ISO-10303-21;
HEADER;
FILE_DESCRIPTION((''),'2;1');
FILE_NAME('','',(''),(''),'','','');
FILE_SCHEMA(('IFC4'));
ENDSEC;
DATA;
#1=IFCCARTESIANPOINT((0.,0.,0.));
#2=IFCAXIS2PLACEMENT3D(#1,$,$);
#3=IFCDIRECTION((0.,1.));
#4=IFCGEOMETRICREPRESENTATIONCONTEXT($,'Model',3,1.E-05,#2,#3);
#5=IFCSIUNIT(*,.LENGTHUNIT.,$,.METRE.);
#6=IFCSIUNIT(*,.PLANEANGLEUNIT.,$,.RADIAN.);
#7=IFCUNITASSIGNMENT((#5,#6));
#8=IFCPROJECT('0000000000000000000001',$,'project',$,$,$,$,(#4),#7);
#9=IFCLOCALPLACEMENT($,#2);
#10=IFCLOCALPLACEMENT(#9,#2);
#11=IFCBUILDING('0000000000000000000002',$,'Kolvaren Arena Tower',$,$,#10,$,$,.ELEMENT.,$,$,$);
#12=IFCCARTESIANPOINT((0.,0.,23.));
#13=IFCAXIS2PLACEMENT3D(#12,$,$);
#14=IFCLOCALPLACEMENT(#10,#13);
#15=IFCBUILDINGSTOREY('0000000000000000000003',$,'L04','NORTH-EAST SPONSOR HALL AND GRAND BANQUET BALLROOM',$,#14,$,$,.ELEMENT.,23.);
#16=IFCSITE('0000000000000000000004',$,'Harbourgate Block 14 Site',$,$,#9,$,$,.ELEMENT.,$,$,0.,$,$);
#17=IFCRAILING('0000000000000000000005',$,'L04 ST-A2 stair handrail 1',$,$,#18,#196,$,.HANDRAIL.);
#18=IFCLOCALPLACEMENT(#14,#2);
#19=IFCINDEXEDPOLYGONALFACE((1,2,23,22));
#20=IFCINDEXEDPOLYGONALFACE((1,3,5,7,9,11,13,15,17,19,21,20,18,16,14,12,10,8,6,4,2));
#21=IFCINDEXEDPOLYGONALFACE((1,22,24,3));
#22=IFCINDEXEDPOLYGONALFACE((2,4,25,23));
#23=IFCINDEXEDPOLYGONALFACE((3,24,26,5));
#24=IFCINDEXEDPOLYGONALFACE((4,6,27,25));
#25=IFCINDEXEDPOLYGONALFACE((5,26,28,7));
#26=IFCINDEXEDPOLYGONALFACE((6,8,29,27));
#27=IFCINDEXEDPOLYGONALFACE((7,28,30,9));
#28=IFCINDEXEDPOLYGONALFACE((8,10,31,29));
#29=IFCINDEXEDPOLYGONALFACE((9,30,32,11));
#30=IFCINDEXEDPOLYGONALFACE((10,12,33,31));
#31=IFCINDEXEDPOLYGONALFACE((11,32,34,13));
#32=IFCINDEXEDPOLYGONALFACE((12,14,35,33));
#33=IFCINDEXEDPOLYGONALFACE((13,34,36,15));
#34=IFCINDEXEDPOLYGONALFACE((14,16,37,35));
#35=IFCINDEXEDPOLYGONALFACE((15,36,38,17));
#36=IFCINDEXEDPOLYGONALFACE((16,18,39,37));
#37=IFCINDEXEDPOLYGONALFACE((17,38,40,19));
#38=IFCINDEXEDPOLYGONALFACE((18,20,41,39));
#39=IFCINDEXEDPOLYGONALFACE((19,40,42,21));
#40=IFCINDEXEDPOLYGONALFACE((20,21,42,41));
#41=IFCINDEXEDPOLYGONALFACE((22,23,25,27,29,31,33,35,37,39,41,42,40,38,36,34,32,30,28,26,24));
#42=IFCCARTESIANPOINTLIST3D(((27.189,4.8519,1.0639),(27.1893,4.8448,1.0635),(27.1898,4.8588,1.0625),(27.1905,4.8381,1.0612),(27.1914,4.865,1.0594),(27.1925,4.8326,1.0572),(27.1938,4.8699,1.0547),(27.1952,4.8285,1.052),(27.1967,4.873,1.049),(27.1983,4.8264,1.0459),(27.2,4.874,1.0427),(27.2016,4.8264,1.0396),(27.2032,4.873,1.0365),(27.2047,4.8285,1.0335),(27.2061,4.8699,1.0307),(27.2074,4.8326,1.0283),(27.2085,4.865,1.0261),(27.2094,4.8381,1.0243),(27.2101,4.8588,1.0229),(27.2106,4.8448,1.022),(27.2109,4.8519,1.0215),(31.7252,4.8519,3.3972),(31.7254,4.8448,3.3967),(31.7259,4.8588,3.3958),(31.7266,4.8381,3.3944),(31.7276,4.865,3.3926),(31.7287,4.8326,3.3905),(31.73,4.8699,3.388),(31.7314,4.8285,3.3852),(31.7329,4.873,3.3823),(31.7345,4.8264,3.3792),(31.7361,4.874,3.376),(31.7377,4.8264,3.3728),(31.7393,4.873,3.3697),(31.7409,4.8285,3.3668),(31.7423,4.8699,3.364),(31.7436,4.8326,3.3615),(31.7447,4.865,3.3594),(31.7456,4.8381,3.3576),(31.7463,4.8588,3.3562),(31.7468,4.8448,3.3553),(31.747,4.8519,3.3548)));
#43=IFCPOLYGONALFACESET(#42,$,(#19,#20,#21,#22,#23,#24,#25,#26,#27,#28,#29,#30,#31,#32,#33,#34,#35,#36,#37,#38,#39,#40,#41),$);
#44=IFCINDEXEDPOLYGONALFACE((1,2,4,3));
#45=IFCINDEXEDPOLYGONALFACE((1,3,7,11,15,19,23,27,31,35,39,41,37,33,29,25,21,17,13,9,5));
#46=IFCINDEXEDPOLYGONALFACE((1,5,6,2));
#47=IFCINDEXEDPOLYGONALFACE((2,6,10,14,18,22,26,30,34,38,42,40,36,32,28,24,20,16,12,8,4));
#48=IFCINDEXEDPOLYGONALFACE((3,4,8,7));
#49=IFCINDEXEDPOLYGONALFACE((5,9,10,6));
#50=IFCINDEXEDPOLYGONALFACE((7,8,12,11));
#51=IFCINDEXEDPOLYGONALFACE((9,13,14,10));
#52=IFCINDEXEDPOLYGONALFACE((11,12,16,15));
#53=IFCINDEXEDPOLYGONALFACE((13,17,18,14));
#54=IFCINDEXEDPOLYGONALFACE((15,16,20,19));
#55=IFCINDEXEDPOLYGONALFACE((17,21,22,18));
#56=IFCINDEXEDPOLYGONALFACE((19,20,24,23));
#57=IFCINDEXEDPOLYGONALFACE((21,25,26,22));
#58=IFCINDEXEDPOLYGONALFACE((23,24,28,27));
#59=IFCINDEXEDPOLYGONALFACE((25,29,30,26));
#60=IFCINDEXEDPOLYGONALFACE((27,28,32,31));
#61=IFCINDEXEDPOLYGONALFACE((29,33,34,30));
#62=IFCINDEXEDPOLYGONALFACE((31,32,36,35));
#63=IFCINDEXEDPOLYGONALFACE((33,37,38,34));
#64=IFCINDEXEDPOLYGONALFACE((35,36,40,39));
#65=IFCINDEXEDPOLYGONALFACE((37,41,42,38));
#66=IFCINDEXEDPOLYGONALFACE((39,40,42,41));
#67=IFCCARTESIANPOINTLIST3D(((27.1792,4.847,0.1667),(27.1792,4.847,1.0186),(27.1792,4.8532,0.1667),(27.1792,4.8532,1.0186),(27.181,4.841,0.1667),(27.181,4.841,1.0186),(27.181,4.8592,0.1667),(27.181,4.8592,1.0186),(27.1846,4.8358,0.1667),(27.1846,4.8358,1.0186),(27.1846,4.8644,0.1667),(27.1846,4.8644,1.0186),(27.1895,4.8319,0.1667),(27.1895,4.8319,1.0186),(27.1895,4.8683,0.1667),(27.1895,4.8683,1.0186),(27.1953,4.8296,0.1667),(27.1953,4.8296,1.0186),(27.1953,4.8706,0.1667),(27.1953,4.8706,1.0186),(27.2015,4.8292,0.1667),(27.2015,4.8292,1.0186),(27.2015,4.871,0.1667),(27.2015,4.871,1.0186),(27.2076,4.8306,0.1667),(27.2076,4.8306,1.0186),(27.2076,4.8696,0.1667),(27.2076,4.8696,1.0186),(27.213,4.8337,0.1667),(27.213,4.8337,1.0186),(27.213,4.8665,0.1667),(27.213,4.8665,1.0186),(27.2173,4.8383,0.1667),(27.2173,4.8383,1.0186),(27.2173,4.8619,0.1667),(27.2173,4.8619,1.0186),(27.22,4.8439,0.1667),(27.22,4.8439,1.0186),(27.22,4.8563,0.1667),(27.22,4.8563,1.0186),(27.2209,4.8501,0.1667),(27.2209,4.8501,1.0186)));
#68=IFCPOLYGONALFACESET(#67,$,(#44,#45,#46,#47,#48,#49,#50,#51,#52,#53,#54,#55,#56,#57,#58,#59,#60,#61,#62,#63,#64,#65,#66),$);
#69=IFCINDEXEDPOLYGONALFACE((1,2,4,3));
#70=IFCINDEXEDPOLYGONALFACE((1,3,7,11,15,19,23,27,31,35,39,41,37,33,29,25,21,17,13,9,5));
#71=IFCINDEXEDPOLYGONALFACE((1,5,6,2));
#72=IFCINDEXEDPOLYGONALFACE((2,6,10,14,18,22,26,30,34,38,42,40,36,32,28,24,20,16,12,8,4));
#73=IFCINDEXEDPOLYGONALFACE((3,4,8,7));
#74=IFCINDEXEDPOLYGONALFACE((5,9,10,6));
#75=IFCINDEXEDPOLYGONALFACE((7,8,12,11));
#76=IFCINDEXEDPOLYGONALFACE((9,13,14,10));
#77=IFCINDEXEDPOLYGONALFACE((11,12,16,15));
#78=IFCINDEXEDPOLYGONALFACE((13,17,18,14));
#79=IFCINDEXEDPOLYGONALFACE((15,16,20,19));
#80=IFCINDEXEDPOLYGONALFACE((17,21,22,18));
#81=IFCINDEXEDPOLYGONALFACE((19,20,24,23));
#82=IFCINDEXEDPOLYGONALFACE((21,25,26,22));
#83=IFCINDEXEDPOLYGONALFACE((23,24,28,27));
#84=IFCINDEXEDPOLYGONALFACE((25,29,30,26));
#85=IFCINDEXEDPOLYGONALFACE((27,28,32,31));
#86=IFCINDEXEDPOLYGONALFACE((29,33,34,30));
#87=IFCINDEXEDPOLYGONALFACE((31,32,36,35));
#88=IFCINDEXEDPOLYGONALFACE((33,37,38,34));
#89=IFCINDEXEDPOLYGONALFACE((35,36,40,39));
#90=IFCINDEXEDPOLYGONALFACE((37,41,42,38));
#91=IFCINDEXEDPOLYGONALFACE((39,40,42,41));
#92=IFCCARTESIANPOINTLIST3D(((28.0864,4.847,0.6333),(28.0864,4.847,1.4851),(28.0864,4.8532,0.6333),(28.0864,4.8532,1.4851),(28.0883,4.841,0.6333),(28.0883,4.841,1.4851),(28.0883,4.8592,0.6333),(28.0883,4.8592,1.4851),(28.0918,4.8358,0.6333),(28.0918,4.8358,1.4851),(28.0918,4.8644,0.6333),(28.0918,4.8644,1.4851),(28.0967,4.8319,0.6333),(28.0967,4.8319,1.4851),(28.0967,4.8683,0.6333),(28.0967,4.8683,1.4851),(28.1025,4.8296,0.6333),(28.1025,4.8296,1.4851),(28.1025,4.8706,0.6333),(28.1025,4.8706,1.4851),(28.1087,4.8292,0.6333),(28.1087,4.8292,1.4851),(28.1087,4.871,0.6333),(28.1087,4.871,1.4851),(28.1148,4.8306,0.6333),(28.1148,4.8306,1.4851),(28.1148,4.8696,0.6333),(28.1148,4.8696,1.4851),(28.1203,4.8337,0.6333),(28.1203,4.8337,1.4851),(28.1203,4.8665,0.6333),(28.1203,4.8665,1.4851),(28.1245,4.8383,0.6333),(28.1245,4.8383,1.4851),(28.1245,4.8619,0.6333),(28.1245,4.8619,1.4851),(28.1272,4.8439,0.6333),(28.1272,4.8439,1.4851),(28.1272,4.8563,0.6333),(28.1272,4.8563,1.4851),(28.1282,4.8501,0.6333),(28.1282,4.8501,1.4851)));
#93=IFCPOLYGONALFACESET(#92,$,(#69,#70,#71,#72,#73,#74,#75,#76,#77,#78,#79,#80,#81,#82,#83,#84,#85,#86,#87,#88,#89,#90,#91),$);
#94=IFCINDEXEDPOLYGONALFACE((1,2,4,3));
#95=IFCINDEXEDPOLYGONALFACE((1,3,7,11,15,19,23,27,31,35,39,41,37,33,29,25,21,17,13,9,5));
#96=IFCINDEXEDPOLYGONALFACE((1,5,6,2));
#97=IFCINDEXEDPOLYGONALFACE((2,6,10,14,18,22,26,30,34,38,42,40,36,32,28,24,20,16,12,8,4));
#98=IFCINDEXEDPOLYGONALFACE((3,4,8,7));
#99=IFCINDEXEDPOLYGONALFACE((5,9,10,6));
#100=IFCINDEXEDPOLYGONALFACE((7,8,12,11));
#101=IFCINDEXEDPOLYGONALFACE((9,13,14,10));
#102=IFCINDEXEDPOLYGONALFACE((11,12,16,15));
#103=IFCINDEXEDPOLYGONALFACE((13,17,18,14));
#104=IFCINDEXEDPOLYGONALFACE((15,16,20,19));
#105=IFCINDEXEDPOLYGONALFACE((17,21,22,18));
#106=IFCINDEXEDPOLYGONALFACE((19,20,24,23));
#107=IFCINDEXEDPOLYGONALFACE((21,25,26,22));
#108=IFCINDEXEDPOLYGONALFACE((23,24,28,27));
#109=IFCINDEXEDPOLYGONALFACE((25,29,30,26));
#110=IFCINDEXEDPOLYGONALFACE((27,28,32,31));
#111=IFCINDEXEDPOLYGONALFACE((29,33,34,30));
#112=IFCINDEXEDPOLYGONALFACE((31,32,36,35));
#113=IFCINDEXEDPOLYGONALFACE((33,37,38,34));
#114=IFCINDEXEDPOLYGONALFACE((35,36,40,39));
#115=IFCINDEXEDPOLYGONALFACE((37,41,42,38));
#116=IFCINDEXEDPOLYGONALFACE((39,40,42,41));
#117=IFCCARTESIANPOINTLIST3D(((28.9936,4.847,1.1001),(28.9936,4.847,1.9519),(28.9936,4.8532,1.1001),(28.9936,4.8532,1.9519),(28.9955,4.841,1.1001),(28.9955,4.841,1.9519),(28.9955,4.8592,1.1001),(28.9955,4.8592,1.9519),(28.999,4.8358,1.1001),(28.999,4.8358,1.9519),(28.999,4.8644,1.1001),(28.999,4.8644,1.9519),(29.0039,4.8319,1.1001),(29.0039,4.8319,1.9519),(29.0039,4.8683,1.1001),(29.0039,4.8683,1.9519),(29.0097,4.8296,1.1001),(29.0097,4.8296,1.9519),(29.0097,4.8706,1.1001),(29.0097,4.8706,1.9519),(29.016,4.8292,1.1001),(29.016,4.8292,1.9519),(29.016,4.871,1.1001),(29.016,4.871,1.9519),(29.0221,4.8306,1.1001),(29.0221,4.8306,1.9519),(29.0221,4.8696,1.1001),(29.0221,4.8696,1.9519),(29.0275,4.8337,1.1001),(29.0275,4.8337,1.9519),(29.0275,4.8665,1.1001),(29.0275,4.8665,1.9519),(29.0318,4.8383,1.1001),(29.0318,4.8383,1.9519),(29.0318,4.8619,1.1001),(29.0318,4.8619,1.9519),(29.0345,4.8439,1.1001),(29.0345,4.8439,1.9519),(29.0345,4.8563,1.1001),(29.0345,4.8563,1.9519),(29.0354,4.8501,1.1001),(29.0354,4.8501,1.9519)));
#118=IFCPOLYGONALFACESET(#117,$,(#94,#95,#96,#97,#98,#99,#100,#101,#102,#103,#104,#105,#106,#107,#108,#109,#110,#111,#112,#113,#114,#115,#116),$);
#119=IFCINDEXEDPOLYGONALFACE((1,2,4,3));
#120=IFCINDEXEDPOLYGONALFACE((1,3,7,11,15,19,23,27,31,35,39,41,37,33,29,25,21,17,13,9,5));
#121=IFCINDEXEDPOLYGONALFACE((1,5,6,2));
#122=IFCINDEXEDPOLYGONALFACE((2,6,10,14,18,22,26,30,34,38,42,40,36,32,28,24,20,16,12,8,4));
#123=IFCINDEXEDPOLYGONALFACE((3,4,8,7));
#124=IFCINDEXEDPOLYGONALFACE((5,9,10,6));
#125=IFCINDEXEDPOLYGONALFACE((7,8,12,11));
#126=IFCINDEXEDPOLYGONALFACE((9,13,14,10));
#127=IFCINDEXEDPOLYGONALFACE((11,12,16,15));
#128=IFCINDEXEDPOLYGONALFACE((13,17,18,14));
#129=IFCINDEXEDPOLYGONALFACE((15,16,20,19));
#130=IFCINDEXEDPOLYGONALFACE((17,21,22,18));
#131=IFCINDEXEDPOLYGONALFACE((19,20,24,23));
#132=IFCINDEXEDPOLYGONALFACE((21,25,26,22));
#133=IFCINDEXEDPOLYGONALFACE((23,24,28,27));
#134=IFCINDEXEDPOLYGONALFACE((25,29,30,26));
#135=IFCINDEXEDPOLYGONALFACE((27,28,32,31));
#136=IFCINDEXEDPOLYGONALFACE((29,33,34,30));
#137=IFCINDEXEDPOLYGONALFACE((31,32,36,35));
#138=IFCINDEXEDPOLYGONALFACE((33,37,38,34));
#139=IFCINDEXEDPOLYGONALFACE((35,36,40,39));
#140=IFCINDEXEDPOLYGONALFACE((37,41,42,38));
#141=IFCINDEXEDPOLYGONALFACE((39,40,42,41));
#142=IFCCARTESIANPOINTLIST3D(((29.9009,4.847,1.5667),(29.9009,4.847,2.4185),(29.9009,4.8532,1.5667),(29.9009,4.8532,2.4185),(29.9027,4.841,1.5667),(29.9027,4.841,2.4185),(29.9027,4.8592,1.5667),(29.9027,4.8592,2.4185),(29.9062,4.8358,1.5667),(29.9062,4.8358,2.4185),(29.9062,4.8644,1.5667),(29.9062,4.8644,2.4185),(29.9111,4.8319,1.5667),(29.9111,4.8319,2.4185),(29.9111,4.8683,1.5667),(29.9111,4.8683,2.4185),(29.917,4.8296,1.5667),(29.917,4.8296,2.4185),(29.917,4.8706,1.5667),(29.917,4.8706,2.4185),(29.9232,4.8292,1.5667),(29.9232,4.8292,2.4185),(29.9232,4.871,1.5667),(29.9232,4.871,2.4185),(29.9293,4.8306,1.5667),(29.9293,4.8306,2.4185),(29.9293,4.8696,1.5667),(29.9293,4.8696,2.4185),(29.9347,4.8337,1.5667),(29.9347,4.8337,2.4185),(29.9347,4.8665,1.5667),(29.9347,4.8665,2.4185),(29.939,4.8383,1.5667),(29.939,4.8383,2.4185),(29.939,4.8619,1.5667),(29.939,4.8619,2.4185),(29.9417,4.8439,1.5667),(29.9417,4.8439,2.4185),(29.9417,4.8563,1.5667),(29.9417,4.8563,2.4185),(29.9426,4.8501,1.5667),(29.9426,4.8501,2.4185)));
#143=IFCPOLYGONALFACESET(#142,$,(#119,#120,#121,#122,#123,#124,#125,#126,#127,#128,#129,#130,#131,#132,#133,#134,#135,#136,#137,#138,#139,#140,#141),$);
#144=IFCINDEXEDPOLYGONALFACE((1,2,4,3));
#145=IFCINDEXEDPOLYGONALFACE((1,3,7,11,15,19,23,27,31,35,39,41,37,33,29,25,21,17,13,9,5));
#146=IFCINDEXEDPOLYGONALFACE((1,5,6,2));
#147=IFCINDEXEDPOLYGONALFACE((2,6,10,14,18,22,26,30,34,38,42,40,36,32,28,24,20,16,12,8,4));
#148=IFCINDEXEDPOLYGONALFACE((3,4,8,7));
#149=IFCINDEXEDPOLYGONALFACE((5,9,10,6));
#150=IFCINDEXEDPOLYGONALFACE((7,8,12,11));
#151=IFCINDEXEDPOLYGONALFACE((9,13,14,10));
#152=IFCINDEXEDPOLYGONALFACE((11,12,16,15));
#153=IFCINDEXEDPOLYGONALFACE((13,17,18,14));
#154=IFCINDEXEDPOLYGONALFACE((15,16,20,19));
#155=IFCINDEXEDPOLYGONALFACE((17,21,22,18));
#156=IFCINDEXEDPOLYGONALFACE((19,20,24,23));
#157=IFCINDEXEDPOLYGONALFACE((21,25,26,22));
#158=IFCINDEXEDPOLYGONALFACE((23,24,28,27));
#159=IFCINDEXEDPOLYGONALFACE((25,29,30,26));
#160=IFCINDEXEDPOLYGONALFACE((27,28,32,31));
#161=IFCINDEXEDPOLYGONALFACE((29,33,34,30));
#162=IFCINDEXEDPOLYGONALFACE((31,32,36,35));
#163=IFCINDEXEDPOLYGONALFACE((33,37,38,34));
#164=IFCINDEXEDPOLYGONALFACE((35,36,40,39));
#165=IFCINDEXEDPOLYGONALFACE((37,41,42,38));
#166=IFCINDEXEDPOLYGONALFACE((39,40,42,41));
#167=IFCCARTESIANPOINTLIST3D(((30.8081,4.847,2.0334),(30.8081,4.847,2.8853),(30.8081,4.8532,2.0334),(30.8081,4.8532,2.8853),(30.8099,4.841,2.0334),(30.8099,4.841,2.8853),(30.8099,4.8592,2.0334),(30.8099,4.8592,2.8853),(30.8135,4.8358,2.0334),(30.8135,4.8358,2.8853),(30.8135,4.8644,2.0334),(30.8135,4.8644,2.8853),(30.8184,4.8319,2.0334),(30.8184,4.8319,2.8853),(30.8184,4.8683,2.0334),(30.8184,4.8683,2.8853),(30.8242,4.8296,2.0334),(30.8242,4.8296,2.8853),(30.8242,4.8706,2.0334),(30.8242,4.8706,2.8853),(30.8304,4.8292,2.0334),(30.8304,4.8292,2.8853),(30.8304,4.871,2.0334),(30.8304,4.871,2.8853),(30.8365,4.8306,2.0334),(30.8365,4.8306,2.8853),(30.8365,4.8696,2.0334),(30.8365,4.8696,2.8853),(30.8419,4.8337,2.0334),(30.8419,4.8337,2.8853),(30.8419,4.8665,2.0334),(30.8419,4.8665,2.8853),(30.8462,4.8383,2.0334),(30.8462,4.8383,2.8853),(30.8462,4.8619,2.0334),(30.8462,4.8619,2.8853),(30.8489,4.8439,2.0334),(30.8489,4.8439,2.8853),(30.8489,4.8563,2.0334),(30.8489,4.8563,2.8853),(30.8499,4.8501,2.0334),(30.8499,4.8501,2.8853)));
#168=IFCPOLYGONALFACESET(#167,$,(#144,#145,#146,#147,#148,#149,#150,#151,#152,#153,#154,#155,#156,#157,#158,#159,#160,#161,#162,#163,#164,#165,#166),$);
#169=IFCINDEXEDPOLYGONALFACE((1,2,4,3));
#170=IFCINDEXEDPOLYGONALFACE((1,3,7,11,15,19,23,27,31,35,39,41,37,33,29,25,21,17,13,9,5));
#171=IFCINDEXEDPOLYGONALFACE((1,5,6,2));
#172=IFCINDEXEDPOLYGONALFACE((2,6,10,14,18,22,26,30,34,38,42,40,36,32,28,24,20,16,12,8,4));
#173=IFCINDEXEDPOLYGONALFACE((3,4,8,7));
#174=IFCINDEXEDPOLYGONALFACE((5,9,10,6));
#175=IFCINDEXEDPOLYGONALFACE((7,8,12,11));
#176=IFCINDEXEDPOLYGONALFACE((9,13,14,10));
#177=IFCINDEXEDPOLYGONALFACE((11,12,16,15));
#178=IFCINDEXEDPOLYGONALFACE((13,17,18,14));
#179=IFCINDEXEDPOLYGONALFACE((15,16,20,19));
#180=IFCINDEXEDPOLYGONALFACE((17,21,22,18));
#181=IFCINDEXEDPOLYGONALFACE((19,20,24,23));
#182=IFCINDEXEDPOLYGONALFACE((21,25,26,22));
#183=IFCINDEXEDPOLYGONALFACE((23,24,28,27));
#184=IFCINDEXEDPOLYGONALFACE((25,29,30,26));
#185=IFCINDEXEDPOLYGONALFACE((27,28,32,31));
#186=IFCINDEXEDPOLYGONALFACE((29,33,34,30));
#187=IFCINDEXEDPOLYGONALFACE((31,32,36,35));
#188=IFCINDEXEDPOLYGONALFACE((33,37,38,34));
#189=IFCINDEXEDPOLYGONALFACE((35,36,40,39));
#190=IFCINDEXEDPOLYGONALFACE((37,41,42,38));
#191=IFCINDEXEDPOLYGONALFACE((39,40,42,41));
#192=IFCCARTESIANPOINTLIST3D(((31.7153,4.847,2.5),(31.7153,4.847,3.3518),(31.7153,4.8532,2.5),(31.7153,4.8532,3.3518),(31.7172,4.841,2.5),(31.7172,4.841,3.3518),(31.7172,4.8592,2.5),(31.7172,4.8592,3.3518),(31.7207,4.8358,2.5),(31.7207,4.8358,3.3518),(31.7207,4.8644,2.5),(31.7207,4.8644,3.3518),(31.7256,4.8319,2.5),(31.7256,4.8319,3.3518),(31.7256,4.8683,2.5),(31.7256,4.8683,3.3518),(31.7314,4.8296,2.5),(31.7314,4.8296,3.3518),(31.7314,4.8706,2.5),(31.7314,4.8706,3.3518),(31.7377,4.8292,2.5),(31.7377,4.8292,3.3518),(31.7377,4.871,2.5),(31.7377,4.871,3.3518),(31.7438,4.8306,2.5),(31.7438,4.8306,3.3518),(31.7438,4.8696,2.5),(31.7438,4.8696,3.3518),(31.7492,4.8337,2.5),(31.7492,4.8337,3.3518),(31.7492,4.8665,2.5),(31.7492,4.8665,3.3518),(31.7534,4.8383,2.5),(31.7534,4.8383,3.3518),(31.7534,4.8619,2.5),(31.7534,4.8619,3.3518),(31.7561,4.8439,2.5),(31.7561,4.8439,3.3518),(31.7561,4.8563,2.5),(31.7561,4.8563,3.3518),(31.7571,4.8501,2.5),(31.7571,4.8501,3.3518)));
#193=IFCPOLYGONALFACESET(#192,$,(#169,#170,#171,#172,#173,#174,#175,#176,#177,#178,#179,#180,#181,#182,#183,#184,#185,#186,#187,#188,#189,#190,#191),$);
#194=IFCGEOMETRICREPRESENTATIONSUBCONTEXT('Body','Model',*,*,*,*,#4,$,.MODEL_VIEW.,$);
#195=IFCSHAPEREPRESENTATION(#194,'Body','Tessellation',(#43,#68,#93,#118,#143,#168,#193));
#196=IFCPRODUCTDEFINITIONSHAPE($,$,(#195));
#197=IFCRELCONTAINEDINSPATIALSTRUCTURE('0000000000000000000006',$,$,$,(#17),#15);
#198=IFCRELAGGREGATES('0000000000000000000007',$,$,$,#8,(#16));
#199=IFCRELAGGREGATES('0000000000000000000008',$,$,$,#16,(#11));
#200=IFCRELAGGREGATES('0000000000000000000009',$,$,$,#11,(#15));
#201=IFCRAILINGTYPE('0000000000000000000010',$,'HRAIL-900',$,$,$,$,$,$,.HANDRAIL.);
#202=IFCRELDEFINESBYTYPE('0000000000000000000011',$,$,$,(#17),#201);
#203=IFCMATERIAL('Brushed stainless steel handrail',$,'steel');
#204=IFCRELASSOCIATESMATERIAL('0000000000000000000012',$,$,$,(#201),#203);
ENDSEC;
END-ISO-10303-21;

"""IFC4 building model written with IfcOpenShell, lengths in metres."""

from ifc_helpers import new_model, si_unit, direction, frame, origin, origin_2d, place, context, subcontext, project, spatial, circle, extrude, material, type_object, element, save


model = new_model("IFC4")

# Units and contexts
model_context = context("Model", 3, precision=1e-05, world=origin(), true_north=direction((0.0, 1.0)))
body_context = subcontext(model_context, "Body", "Model", "MODEL_VIEW")
ifc_project = project(units=[si_unit("LENGTHUNIT", "METRE"), si_unit("PLANEANGLEUNIT", "RADIAN")], contexts=[model_context])

# Site, building, storey
site_placement = place(None, origin())
site = spatial("IfcSite", under=ifc_project, at=site_placement, Name="Harbourgate Block 14 Site", CompositionType="ELEMENT", RefElevation=0.0)
building_placement = place(site_placement, origin())
building = spatial("IfcBuilding", under=site, at=building_placement, Name="Kolvaren Arena Tower", CompositionType="ELEMENT")
storey_placement = place(building_placement, frame((0.0, 0.0, 23.0)))
storey = spatial("IfcBuildingStorey", under=building, at=storey_placement, Name="L04", Description="NORTH-EAST SPONSOR HALL AND GRAND BANQUET BALLROOM", CompositionType="ELEMENT", Elevation=23.0)

# Railing
ifc_material_1 = material(Name="Brushed stainless steel handrail", Category="steel")
railing_type_1 = type_object("IfcRailingType", Name="HRAIL-900", PredefinedType="HANDRAIL", material=ifc_material_1)
railing_1_placement = place(storey_placement, frame((27.2, 4.8501, 0.1667)))
element("IfcRailing", 1, at=railing_1_placement, inside=storey, type_object=railing_type_1, Name="L04 ST-A2 stair handrail 1", PredefinedType="HANDRAIL", context=body_context, shape_type="SweptSolid", body=[
    extrude(circle(Radius=0.0239, at=origin_2d()), frame((0.0, 0.0, 0.876), z_axis=(0.889257, 0.0, 0.457407), x_axis=(0.0, 1.0, 0.0)), (0.0, 0.0, 1.0), 5.1011),
    extrude(circle(Radius=0.021, at=origin_2d()), origin(), (0.0, 0.0, 1.0), 0.8518),
    extrude(circle(Radius=0.021, at=origin_2d()), frame((0.9072, 0.0, 0.4666)), (0.0, 0.0, 1.0), 0.8518),
    extrude(circle(Radius=0.021, at=origin_2d()), frame((1.8145, 0.0, 0.9333)), (0.0, 0.0, 1.0), 0.8518),
    extrude(circle(Radius=0.021, at=origin_2d()), frame((2.7217, 0.0, 1.3999)), (0.0, 0.0, 1.0), 0.8518),
    extrude(circle(Radius=0.021, at=origin_2d()), frame((3.6289, 0.0, 1.8667)), (0.0, 0.0, 1.0), 0.8518),
    extrude(circle(Radius=0.021, at=origin_2d()), frame((4.5361, 0.0, 2.3333)), (0.0, 0.0, 1.0), 0.8518),
])

save(model, "model.ifc")
